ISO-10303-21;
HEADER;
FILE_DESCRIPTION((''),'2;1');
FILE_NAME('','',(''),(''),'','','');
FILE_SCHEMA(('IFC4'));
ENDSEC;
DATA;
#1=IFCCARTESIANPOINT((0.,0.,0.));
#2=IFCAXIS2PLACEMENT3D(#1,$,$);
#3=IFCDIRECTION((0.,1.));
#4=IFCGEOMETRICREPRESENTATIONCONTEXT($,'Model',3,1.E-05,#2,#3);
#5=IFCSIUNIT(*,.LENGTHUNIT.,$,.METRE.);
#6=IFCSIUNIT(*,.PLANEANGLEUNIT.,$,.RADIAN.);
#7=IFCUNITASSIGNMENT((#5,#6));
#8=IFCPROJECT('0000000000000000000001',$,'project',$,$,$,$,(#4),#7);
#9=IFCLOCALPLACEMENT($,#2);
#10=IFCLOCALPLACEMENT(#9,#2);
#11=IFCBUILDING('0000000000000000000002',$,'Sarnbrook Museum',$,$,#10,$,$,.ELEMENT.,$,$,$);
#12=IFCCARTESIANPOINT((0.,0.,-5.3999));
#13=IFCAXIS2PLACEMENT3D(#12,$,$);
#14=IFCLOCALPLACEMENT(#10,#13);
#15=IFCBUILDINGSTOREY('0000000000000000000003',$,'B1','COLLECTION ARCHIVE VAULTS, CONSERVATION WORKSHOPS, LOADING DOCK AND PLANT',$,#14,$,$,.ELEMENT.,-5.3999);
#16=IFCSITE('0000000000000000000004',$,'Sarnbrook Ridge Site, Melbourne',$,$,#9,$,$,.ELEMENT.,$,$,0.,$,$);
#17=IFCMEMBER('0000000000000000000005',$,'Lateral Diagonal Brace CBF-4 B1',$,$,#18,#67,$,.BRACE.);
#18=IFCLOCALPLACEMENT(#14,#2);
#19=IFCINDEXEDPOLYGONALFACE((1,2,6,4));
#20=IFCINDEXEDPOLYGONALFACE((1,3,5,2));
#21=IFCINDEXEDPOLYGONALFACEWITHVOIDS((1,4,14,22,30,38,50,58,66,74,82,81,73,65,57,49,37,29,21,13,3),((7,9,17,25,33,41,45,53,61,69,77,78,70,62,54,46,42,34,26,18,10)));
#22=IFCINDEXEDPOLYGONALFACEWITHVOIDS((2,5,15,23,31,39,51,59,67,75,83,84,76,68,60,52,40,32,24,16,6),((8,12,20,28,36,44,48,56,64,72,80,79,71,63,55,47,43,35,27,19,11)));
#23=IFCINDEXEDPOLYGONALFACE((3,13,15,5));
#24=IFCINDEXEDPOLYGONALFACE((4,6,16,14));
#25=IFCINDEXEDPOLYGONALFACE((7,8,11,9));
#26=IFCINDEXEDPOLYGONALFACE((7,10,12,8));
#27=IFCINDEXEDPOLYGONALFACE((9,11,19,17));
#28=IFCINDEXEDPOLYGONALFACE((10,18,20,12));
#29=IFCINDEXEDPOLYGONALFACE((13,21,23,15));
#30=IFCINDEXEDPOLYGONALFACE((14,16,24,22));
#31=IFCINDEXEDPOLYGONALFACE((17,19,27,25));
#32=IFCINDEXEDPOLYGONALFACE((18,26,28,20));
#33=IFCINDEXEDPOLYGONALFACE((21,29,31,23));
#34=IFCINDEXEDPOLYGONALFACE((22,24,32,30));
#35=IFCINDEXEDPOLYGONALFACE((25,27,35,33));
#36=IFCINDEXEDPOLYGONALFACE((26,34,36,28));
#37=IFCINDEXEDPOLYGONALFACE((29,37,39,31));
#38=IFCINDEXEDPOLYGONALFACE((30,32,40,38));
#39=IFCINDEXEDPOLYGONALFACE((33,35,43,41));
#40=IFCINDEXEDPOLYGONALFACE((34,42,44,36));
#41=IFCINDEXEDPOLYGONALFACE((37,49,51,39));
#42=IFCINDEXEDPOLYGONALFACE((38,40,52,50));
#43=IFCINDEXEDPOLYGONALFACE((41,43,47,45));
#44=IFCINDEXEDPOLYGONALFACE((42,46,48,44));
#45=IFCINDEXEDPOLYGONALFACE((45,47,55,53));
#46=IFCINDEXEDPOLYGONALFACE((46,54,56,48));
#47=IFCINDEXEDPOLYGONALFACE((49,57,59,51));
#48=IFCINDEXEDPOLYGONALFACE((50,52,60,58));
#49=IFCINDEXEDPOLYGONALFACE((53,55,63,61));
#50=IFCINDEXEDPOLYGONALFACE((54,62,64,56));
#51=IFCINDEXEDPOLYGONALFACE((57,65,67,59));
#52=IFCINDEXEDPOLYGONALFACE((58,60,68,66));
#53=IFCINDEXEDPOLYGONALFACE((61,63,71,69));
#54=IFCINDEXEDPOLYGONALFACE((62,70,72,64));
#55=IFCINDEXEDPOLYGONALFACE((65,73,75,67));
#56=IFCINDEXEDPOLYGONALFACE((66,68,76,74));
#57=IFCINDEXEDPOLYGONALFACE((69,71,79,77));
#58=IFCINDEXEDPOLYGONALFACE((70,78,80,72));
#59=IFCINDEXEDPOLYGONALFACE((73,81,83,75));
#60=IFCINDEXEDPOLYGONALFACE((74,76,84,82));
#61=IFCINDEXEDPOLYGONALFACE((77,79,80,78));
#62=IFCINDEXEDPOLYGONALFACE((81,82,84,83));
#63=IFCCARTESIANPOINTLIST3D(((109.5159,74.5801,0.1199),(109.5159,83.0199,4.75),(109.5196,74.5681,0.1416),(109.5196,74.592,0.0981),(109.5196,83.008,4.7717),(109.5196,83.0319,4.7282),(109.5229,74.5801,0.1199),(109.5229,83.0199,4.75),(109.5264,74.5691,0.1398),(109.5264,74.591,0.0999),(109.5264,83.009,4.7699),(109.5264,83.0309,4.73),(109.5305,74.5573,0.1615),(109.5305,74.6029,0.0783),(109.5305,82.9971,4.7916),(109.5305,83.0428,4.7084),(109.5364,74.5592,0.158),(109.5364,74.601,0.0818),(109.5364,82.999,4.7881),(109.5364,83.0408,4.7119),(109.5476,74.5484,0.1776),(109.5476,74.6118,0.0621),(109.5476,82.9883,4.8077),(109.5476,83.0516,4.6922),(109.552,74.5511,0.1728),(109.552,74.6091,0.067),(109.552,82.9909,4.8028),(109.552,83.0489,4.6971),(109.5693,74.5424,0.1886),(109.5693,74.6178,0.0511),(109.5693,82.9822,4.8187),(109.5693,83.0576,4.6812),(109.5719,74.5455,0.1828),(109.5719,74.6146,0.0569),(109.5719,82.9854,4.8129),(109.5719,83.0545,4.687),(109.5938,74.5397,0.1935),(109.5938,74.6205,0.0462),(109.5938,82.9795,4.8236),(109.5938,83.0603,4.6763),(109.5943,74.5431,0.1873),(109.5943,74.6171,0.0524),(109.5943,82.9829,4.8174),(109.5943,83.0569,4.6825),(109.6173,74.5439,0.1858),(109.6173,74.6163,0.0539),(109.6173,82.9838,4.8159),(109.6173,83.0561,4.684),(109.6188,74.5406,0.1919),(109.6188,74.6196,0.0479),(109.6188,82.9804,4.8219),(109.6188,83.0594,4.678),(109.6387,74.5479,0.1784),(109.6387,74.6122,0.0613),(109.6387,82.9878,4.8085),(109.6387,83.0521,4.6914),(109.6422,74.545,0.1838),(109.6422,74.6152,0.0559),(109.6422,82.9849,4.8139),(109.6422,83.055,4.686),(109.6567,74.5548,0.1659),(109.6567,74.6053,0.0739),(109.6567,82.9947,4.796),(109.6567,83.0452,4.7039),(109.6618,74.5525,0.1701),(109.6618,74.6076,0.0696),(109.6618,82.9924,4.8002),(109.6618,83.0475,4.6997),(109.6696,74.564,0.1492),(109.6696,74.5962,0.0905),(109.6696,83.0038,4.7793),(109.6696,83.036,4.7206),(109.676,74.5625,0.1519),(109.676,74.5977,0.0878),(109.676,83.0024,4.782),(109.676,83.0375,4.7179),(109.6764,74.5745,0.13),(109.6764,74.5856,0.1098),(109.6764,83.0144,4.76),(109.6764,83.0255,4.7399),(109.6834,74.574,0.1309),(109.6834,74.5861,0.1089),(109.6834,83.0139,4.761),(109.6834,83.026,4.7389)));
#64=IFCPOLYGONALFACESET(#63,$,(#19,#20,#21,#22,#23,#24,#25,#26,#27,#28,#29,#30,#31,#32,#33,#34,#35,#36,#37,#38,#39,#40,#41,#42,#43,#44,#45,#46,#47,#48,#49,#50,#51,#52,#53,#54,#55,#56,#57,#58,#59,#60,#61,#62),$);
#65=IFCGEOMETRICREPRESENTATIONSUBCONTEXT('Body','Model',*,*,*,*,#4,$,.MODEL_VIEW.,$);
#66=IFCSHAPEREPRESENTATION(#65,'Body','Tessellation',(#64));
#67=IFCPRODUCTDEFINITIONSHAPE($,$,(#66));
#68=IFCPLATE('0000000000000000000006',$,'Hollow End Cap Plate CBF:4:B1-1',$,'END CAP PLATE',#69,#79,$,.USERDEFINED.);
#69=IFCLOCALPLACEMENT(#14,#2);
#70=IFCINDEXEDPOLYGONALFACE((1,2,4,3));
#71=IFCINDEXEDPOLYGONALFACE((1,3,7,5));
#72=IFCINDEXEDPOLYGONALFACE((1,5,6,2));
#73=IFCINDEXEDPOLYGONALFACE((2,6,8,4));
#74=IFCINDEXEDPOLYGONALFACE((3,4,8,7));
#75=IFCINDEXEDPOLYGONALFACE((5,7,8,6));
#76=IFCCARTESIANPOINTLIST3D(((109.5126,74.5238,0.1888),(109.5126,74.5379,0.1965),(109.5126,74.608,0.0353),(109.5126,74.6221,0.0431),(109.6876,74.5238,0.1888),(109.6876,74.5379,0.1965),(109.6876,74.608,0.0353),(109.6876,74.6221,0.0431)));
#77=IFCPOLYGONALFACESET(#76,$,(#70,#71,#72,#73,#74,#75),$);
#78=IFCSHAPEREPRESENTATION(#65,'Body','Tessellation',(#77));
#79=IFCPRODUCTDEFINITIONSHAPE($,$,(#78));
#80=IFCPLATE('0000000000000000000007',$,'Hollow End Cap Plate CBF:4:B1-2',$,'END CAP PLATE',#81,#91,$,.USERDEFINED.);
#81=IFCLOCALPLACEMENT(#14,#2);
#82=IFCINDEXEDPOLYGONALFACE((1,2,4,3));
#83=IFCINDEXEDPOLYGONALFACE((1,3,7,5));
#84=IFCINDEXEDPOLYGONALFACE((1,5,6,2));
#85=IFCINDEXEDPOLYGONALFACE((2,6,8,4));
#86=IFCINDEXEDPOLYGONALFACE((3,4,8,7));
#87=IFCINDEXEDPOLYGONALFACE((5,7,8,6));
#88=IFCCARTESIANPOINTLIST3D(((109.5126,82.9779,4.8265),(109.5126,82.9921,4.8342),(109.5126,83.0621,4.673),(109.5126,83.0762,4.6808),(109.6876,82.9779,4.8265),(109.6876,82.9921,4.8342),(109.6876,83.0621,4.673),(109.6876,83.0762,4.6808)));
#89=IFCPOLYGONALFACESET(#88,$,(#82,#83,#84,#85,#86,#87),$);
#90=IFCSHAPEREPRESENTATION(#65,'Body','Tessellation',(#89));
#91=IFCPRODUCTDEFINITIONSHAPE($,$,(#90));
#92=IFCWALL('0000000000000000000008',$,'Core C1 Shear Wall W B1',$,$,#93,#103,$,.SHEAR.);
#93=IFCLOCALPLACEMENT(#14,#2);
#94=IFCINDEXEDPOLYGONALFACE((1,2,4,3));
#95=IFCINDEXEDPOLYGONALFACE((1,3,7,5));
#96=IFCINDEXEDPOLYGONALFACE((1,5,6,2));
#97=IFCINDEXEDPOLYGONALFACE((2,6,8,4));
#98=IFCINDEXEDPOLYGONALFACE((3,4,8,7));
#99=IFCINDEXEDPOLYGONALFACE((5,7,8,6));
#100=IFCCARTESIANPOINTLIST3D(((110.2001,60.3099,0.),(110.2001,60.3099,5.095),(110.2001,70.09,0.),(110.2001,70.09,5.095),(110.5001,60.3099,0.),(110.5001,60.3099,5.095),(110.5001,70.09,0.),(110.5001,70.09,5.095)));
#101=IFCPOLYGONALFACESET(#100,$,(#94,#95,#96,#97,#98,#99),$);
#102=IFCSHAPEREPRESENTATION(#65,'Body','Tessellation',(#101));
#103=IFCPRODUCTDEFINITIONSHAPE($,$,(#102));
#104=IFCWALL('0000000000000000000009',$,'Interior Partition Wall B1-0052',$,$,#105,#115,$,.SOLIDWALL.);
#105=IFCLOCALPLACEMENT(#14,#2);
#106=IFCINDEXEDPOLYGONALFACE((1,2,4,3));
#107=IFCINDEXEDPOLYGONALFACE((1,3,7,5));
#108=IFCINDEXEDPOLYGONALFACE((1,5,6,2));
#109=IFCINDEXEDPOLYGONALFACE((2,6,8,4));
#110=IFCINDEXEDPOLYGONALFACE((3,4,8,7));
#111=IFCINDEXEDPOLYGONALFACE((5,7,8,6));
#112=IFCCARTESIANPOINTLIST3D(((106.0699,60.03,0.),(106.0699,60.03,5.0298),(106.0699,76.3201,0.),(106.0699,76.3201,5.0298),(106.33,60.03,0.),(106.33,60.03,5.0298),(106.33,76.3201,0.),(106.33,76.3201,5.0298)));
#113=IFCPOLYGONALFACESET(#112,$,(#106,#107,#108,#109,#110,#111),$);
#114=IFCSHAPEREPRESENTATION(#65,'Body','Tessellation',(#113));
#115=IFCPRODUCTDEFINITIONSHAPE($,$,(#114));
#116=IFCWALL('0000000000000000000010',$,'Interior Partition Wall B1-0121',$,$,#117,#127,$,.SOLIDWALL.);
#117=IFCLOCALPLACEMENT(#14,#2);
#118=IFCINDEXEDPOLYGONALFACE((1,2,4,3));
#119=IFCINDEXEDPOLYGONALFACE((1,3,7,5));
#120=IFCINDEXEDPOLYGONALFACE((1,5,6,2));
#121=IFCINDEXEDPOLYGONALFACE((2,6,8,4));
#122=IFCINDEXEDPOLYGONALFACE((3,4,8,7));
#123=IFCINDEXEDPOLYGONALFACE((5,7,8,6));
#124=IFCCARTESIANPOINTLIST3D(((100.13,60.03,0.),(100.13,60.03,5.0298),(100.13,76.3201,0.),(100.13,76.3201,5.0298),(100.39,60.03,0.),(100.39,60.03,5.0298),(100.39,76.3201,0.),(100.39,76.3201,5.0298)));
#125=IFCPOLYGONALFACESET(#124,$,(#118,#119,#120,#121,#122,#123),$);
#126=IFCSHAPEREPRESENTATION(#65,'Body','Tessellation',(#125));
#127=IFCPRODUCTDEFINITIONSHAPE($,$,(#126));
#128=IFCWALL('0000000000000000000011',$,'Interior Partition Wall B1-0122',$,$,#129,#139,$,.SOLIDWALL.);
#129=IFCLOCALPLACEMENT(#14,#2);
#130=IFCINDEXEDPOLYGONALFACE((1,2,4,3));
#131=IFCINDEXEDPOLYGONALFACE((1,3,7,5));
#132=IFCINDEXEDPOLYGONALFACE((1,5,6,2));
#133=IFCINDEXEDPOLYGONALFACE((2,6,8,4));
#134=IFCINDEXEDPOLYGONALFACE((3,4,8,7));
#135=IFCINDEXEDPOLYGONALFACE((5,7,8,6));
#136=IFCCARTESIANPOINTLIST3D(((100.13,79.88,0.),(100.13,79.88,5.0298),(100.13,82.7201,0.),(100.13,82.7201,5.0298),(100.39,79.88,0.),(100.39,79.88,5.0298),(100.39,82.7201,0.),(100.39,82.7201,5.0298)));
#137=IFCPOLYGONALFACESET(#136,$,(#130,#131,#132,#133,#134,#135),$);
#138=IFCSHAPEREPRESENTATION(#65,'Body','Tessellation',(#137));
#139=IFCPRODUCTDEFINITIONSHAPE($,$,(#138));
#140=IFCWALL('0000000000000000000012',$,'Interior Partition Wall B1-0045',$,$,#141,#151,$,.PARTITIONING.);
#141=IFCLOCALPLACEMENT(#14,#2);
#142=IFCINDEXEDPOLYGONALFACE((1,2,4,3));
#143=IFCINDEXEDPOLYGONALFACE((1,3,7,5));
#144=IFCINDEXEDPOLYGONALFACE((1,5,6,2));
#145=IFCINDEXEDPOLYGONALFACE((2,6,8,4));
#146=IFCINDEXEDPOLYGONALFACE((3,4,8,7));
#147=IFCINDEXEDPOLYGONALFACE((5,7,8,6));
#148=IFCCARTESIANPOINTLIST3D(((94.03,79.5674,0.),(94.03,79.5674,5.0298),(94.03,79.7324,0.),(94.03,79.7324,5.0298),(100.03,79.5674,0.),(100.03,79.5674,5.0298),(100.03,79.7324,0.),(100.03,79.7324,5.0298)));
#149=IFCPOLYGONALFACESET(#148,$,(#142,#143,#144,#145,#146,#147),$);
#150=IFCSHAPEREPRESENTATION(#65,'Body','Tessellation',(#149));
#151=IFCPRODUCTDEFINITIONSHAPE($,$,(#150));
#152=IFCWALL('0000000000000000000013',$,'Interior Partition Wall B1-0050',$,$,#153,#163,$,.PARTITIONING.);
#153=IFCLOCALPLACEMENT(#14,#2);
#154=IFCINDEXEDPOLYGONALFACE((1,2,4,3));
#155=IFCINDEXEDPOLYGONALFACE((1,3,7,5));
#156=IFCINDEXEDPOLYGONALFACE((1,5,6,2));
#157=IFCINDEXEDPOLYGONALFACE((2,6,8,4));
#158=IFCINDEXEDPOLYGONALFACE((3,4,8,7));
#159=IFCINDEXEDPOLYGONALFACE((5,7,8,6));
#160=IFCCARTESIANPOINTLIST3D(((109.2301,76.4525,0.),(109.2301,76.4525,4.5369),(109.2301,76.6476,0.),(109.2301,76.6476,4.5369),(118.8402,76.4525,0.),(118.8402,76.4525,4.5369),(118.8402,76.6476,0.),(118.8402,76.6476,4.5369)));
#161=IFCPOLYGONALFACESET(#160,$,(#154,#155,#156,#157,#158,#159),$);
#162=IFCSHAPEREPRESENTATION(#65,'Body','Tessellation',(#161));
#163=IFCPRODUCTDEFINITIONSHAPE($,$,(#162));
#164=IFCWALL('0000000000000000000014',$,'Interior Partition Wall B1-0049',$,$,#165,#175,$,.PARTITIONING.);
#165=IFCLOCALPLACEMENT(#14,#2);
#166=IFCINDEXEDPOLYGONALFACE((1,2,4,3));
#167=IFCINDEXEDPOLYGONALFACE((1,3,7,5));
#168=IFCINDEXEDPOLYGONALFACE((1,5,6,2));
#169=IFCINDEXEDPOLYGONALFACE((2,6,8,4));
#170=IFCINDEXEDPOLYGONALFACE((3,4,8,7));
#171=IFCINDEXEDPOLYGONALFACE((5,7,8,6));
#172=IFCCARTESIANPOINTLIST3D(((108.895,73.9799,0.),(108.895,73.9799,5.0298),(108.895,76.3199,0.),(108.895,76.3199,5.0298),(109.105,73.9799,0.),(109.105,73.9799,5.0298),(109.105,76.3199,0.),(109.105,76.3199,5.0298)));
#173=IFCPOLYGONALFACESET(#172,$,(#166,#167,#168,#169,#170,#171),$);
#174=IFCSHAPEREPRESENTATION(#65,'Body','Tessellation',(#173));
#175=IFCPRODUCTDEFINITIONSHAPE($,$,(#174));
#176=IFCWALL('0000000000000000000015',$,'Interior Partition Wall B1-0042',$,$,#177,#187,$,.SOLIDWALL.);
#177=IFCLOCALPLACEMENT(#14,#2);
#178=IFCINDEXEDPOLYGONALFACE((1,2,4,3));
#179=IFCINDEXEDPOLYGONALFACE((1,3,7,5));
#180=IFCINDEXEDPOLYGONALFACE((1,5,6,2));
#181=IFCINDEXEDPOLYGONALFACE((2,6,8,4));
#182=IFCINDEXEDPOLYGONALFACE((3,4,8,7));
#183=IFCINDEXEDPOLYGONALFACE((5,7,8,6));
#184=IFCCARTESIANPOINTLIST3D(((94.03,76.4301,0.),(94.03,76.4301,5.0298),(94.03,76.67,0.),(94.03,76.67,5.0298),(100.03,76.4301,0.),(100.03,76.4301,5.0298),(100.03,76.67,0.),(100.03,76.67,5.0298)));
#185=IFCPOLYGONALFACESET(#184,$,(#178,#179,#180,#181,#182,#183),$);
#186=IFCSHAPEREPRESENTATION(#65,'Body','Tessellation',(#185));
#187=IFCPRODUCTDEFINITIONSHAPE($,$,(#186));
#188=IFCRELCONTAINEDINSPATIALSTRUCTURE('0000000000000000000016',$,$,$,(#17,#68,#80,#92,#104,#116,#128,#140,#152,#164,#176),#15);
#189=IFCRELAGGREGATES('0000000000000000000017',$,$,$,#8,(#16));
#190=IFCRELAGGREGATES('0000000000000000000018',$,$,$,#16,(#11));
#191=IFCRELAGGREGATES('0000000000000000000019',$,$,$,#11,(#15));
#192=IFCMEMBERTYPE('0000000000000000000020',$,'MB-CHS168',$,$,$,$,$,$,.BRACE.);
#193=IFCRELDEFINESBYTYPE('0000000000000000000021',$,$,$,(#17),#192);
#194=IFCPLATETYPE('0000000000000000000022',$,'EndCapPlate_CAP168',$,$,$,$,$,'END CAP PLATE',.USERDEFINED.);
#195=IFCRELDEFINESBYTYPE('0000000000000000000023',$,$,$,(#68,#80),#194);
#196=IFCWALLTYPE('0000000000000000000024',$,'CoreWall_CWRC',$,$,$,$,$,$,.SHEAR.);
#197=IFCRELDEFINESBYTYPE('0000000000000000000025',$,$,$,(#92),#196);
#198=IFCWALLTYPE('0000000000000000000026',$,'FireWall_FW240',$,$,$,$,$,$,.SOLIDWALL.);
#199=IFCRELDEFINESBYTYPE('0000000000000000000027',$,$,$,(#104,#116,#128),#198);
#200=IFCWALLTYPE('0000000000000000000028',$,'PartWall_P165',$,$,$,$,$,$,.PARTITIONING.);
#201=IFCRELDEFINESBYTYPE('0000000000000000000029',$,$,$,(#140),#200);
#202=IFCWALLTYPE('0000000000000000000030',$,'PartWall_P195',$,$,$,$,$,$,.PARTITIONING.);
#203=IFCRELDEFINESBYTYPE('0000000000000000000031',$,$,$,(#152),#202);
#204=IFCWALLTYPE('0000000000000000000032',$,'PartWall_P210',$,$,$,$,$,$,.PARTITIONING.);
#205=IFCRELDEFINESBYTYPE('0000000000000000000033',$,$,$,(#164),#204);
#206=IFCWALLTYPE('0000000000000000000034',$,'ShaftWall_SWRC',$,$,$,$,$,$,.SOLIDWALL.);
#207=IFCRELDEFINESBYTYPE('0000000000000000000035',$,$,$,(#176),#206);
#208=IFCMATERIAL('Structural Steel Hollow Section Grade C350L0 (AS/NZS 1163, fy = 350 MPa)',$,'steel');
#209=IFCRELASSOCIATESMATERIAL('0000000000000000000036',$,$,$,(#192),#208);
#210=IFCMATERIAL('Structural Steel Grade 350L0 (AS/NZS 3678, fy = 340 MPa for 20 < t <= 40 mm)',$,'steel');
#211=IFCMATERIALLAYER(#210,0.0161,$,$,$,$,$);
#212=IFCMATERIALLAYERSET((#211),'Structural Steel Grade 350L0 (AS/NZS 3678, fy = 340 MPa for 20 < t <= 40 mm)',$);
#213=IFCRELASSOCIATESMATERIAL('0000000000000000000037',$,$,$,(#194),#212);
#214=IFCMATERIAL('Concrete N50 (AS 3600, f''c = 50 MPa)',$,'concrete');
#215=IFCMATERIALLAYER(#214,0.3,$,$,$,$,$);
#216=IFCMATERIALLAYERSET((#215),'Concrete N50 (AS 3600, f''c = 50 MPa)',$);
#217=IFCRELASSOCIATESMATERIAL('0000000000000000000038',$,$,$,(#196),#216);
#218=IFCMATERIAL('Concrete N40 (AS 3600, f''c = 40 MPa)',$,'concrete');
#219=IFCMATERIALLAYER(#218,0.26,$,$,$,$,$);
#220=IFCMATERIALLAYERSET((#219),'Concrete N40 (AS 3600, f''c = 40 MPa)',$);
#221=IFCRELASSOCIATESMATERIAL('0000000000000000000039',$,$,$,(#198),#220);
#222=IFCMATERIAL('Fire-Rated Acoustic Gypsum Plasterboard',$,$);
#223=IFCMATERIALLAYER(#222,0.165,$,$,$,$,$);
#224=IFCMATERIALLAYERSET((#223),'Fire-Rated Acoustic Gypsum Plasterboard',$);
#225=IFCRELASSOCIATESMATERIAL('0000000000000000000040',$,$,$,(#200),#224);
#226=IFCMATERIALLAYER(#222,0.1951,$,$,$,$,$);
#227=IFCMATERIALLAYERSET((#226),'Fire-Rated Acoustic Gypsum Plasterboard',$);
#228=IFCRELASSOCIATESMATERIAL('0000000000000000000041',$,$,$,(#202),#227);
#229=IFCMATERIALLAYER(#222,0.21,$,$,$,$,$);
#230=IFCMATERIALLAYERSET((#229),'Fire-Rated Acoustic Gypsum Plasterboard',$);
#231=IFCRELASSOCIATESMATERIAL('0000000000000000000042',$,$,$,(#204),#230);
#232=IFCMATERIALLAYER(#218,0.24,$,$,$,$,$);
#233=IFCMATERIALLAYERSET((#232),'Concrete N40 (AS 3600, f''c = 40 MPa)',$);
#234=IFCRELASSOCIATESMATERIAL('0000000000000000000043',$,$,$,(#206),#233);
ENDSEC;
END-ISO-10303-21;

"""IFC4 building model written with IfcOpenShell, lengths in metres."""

from ifc_helpers import new_model, si_unit, direction, frame, frame_2d, origin, origin_2d, place, context, subcontext, project, spatial, rectangle, hollow_circle, extrude, material, layer, layer_set, material_profile, profile_set, type_object, element, save


model = new_model("IFC4")

# Units and contexts
model_context = context("Model", 3, precision=1e-05, world=origin(), true_north=direction((0.0, 1.0)))
body_context = subcontext(model_context, "Body", "Model", "MODEL_VIEW")
ifc_project = project(units=[si_unit("LENGTHUNIT", "METRE"), si_unit("PLANEANGLEUNIT", "RADIAN")], contexts=[model_context])

# Site, building, storey
site_placement = place(None, origin())
site = spatial("IfcSite", under=ifc_project, at=site_placement, Name="Sarnbrook Ridge Site, Melbourne", CompositionType="ELEMENT", RefElevation=0.0)
building_placement = place(site_placement, origin())
building = spatial("IfcBuilding", under=site, at=building_placement, Name="Sarnbrook Museum", CompositionType="ELEMENT")
storey_placement = place(building_placement, frame((0.0, 0.0, -5.3999)))
storey = spatial("IfcBuildingStorey", under=building, at=storey_placement, Name="B1", Description="COLLECTION ARCHIVE VAULTS, CONSERVATION WORKSHOPS, LOADING DOCK AND PLANT", CompositionType="ELEMENT", Elevation=-5.3999)

# Shared definitions
ifc_material_1 = material(Name="Concrete N50 (AS 3600, f'c = 50 MPa)", Category="concrete")

# Shared definitions
ifc_material_2 = material(Name="Concrete N40 (AS 3600, f'c = 40 MPa)", Category="concrete")

# Shared definitions
ifc_material_3 = material(Name="Structural Steel Grade 350L0 (AS/NZS 3678, fy = 340 MPa for 20 < t <= 40 mm)", Category="steel")

# Member
ifc_material_4 = material(Name="Structural Steel Hollow Section Grade C350L0 (AS/NZS 1163, fy = 350 MPa)", Category="steel")
ifc_material_profile_1 = material_profile(ifc_material_4, hollow_circle(Radius=0.0842, WallThickness=0.0071, at=origin_2d()), Name="168.3x7.1CHS")
ifc_profile_set_1 = profile_set([ifc_material_profile_1], Name="Structural Steel Hollow Section Grade C350L0 (AS/NZS 1163, fy = 350 MPa)")
member_type = type_object("IfcMemberType", Name="MB-CHS168", PredefinedType="BRACE", material=ifc_profile_set_1)
member_placement = place(storey_placement, frame((109.6001, 74.5801, 0.1199), z_axis=(0.0, 0.876735, 0.480974), x_axis=(-1.0, 0.0, 0.0)))
element("IfcMember", 1, at=member_placement, inside=storey, type_object=member_type, Name="Lateral Diagonal Brace CBF-4 B1", PredefinedType="BRACE", context=body_context, shape_type="SweptSolid", body=[
    extrude(hollow_circle(Radius=0.0842, WallThickness=0.0071, at=origin_2d()), origin(), (0.0, 0.0, 1.0), 9.6265),
])

# Plates
ifc_layer_1 = layer(ifc_material_3, 0.0161)
ifc_layer_set_1 = layer_set([ifc_layer_1], Name="Structural Steel Grade 350L0 (AS/NZS 3678, fy = 340 MPa for 20 < t <= 40 mm)")
plate_type = type_object("IfcPlateType", Name="EndCapPlate_CAP168", ElementType="END CAP PLATE", PredefinedType="USERDEFINED", material=ifc_layer_set_1)
for number, where, z_axis, x_axis, name in (
    (2, (109.6001, 74.5659, 0.1121), (0.0, 0.876742, 0.480961), (-1.0, 0.0, 0.0), "Hollow End Cap Plate CBF:4:B1-1"),
    (3, (109.6001, 83.02, 4.7498), (0.0, 0.876742, 0.480961), (-1.0, 0.0, 0.0), "Hollow End Cap Plate CBF:4:B1-2"),
):
    element("IfcPlate", number, at=place(storey_placement, frame(where, z_axis=z_axis, x_axis=x_axis)), inside=storey, type_object=plate_type, Name=name, ObjectType="END CAP PLATE", PredefinedType="USERDEFINED", context=body_context, shape_type="SweptSolid", body=[
        extrude(rectangle(XDim=0.175, YDim=0.175, at=origin_2d()), origin(), (0.0, 0.0, 1.0), 0.0161),
    ])

# Wall
ifc_layer_2 = layer(ifc_material_1, 0.3)
ifc_layer_set_2 = layer_set([ifc_layer_2], Name="Concrete N50 (AS 3600, f'c = 50 MPa)")
wall_type_1 = type_object("IfcWallType", Name="CoreWall_CWRC", PredefinedType="SHEAR", material=ifc_layer_set_2)
wall_1_placement = place(storey_placement, frame((110.3501, 70.0901, 0.0), z_axis=(0.0, 0.0, 1.0), x_axis=(0.0, -1.0, 0.0)))
element("IfcWall", 4, at=wall_1_placement, inside=storey, type_object=wall_type_1, Name="Core C1 Shear Wall W B1", PredefinedType="SHEAR", context=body_context, shape_type="SweptSolid", body=[
    extrude(rectangle(XDim=9.78, YDim=0.3, at=frame_2d((4.8901, 0.0))), origin(), (0.0, 0.0, 1.0), 5.095),
])

# Shared definitions
ifc_layer_3 = layer(ifc_material_2, 0.26)
ifc_layer_set_3 = layer_set([ifc_layer_3], Name="Concrete N40 (AS 3600, f'c = 40 MPa)")
wall_type_2 = type_object("IfcWallType", Name="FireWall_FW240", PredefinedType="SOLIDWALL", material=ifc_layer_set_3)

# Wall
wall_2_placement = place(storey_placement, frame((106.2, 76.3201, 0.0), z_axis=(0.0, 0.0, 1.0), x_axis=(0.0, -1.0, 0.0)))
element("IfcWall", 5, at=wall_2_placement, inside=storey, type_object=wall_type_2, Name="Interior Partition Wall B1-0052", PredefinedType="SOLIDWALL", context=body_context, shape_type="SweptSolid", body=[
    extrude(rectangle(XDim=16.29, YDim=0.26, at=frame_2d((8.145, 0.0))), origin(), (0.0, 0.0, 1.0), 5.0298),
])

# Walls
wall_3_placement = place(storey_placement, frame((100.26, 76.3201, 0.0), z_axis=(0.0, 0.0, 1.0), x_axis=(0.0, -1.0, 0.0)))
element("IfcWall", 6, at=wall_3_placement, inside=storey, type_object=wall_type_2, Name="Interior Partition Wall B1-0121", PredefinedType="SOLIDWALL", context=body_context, shape_type="SweptSolid", body=[
    extrude(rectangle(XDim=16.29, YDim=0.26, at=frame_2d((8.145, 0.0))), origin(), (0.0, 0.0, 1.0), 5.0298),
])
wall_4_placement = place(storey_placement, frame((100.26, 82.72, 0.0), z_axis=(0.0, 0.0, 1.0), x_axis=(0.0, -1.0, 0.0)))
element("IfcWall", 7, at=wall_4_placement, inside=storey, type_object=wall_type_2, Name="Interior Partition Wall B1-0122", PredefinedType="SOLIDWALL", context=body_context, shape_type="SweptSolid", body=[
    extrude(rectangle(XDim=2.8401, YDim=0.26, at=frame_2d((1.4199, 0.0))), origin(), (0.0, 0.0, 1.0), 5.0298),
])
ifc_material_5 = material(Name="Fire-Rated Acoustic Gypsum Plasterboard")
ifc_layer_4 = layer(ifc_material_5, 0.165)
ifc_layer_set_4 = layer_set([ifc_layer_4], Name="Fire-Rated Acoustic Gypsum Plasterboard")
wall_type_3 = type_object("IfcWallType", Name="PartWall_P165", PredefinedType="PARTITIONING", material=ifc_layer_set_4)
wall_5_placement = place(storey_placement, frame((100.03, 79.6499, 0.0), z_axis=(0.0, 0.0, 1.0), x_axis=(-1.0, 0.0, 0.0)))
element("IfcWall", 8, at=wall_5_placement, inside=storey, type_object=wall_type_3, Name="Interior Partition Wall B1-0045", PredefinedType="PARTITIONING", context=body_context, shape_type="SweptSolid", body=[
    extrude(rectangle(XDim=6.0, YDim=0.165, at=frame_2d((3.0, 0.0))), origin(), (0.0, 0.0, 1.0), 5.0298),
])
ifc_layer_5 = layer(ifc_material_5, 0.1951)
ifc_layer_set_5 = layer_set([ifc_layer_5], Name="Fire-Rated Acoustic Gypsum Plasterboard")
wall_type_4 = type_object("IfcWallType", Name="PartWall_P195", PredefinedType="PARTITIONING", material=ifc_layer_set_5)
wall_6_placement = place(storey_placement, frame((109.23, 76.55, 0.0), z_axis=(0.0, 0.0, 1.0), x_axis=(1.0, 0.0, 0.0)))
element("IfcWall", 9, at=wall_6_placement, inside=storey, type_object=wall_type_4, Name="Interior Partition Wall B1-0050", PredefinedType="PARTITIONING", context=body_context, shape_type="SweptSolid", body=[
    extrude(rectangle(XDim=9.6101, YDim=0.1951, at=frame_2d((4.8052, 0.0))), origin(), (0.0, 0.0, 1.0), 4.5369),
])
ifc_layer_6 = layer(ifc_material_5, 0.21)
ifc_layer_set_6 = layer_set([ifc_layer_6], Name="Fire-Rated Acoustic Gypsum Plasterboard")
wall_type_5 = type_object("IfcWallType", Name="PartWall_P210", PredefinedType="PARTITIONING", material=ifc_layer_set_6)
wall_7_placement = place(storey_placement, frame((109.0, 73.98, 0.0), z_axis=(0.0, 0.0, 1.0), x_axis=(0.0, 1.0, 0.0)))
element("IfcWall", 10, at=wall_7_placement, inside=storey, type_object=wall_type_5, Name="Interior Partition Wall B1-0049", PredefinedType="PARTITIONING", context=body_context, shape_type="SweptSolid", body=[
    extrude(rectangle(XDim=2.3401, YDim=0.21, at=frame_2d((1.1699, 0.0))), origin(), (0.0, 0.0, 1.0), 5.0298),
])
ifc_layer_7 = layer(ifc_material_2, 0.24)
ifc_layer_set_7 = layer_set([ifc_layer_7], Name="Concrete N40 (AS 3600, f'c = 40 MPa)")
wall_type_6 = type_object("IfcWallType", Name="ShaftWall_SWRC", PredefinedType="SOLIDWALL", material=ifc_layer_set_7)
wall_8_placement = place(storey_placement, frame((94.03, 76.55, 0.0), z_axis=(0.0, 0.0, 1.0), x_axis=(1.0, 0.0, 0.0)))
element("IfcWall", 11, at=wall_8_placement, inside=storey, type_object=wall_type_6, Name="Interior Partition Wall B1-0042", PredefinedType="SOLIDWALL", context=body_context, shape_type="SweptSolid", body=[
    extrude(rectangle(XDim=6.0, YDim=0.24, at=frame_2d((3.0, 0.0))), origin(), (0.0, 0.0, 1.0), 5.0298),
])

save(model, "model.ifc")
